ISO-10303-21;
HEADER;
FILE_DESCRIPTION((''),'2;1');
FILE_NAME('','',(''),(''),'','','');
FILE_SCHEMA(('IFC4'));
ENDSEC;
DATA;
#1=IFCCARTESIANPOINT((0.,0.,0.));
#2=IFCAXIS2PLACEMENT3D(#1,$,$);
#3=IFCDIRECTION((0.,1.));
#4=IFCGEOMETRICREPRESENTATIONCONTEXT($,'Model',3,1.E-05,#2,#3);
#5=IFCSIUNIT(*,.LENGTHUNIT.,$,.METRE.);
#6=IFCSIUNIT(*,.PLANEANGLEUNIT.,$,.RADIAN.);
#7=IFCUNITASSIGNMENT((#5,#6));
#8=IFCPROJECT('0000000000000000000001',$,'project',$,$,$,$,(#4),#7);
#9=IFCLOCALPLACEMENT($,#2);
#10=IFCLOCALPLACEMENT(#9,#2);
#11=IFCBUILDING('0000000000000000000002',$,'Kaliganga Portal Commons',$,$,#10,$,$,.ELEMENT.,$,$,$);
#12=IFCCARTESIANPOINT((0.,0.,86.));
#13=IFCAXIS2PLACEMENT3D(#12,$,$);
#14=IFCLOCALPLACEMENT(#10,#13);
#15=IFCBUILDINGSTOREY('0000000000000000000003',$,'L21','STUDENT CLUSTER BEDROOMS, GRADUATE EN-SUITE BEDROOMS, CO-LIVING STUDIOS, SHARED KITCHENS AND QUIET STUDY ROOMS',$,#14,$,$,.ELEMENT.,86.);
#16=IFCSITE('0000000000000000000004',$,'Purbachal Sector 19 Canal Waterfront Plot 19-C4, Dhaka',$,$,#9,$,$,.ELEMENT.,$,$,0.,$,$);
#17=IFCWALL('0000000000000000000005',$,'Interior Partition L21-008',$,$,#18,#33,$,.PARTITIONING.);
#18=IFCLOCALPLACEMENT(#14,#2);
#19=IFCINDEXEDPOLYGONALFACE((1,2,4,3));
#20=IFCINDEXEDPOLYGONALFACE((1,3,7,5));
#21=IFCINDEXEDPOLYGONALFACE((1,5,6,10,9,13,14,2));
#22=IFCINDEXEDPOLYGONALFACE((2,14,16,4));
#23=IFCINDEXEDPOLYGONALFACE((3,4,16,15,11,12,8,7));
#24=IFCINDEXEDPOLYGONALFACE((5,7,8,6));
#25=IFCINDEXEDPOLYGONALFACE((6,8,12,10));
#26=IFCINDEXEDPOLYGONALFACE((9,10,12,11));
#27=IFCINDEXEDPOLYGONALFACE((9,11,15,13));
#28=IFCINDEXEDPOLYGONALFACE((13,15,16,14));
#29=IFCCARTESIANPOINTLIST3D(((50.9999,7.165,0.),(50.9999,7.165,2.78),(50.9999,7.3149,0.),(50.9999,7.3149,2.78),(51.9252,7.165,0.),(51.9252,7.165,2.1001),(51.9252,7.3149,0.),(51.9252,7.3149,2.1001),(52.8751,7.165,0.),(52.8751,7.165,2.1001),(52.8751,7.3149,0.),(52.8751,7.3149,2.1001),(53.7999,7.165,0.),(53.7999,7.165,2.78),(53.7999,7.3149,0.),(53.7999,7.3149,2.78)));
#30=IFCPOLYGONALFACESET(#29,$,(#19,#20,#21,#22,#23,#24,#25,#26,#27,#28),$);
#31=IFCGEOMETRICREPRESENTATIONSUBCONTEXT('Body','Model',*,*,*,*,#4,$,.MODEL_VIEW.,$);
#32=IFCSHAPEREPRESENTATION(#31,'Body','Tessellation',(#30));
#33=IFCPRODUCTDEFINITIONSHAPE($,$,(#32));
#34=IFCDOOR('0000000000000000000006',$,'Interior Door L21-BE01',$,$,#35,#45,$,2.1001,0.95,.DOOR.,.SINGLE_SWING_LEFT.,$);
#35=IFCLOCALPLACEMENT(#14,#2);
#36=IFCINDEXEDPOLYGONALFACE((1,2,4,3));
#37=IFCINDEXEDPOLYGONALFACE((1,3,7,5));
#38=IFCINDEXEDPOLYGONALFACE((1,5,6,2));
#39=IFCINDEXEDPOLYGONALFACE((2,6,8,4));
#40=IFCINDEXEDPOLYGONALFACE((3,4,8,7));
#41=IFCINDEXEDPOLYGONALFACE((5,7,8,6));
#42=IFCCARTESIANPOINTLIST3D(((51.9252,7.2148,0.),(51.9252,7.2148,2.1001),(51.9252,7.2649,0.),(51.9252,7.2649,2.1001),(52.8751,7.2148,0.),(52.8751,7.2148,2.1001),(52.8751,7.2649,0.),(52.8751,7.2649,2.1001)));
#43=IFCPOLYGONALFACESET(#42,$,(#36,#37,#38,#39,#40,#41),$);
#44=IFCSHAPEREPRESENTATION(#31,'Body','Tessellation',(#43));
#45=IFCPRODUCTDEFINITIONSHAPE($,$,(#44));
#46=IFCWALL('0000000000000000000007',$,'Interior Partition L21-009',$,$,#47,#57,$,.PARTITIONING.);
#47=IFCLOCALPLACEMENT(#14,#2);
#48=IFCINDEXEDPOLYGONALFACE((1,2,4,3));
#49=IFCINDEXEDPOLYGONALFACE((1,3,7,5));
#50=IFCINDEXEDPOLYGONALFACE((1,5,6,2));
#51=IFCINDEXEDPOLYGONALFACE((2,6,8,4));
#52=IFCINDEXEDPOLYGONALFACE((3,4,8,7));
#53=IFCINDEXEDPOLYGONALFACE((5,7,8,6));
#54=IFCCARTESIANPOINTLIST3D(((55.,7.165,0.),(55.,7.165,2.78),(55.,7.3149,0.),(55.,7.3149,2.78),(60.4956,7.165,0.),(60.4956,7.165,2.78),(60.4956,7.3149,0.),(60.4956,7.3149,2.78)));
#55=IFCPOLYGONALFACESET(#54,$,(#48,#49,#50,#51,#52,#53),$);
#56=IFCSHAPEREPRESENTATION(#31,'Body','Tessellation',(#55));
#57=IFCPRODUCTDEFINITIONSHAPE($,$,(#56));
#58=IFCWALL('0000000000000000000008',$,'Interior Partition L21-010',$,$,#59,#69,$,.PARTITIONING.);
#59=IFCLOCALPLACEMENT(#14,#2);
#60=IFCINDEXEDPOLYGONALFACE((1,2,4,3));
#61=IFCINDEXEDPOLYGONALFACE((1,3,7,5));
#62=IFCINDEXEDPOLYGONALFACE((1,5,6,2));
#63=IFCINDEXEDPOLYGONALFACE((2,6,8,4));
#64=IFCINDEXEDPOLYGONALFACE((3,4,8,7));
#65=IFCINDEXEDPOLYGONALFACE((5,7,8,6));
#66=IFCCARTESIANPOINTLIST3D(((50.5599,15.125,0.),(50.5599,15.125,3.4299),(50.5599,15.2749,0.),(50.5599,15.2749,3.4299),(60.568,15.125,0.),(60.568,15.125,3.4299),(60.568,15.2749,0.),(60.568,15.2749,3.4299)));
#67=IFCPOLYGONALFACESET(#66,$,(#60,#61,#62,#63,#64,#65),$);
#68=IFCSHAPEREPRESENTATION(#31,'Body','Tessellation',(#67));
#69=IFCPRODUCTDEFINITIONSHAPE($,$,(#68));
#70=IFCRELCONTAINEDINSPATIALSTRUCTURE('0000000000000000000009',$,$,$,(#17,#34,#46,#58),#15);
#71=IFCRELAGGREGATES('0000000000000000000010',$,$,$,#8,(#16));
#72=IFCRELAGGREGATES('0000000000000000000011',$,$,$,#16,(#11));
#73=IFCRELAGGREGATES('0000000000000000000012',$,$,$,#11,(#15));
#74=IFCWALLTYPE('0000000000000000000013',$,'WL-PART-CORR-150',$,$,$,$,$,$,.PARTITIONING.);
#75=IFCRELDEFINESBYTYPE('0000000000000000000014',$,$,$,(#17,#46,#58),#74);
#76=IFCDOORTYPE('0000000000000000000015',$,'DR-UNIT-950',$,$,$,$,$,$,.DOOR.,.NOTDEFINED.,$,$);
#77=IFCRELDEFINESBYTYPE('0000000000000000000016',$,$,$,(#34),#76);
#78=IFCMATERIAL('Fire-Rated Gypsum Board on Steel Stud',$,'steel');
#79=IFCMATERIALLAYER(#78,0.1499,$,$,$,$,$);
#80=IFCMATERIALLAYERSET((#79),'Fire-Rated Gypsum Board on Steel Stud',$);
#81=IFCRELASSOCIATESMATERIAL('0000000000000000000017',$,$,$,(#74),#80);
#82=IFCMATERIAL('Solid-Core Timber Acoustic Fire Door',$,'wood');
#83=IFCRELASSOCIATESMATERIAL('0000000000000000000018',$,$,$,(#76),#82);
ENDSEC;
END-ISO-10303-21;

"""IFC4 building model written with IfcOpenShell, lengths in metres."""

from ifc_helpers import new_model, si_unit, direction, frame, frame_2d, origin, place, context, subcontext, project, spatial, rectangle, extrude, material, layer, layer_set, type_object, element, fill, save


model = new_model("IFC4")

# Units and contexts
model_context = context("Model", 3, precision=1e-05, world=origin(), true_north=direction((0.0, 1.0)))
body_context = subcontext(model_context, "Body", "Model", "MODEL_VIEW")
ifc_project = project(units=[si_unit("LENGTHUNIT", "METRE"), si_unit("PLANEANGLEUNIT", "RADIAN")], contexts=[model_context])

# Site, building, storey
site_placement = place(None, origin())
site = spatial("IfcSite", under=ifc_project, at=site_placement, Name="Purbachal Sector 19 Canal Waterfront Plot 19-C4, Dhaka", CompositionType="ELEMENT", RefElevation=0.0)
building_placement = place(site_placement, origin())
building = spatial("IfcBuilding", under=site, at=building_placement, Name="Kaliganga Portal Commons", CompositionType="ELEMENT")
storey_placement = place(building_placement, frame((0.0, 0.0, 86.0)))
storey = spatial("IfcBuildingStorey", under=building, at=storey_placement, Name="L21", Description="STUDENT CLUSTER BEDROOMS, GRADUATE EN-SUITE BEDROOMS, CO-LIVING STUDIOS, SHARED KITCHENS AND QUIET STUDY ROOMS", CompositionType="ELEMENT", Elevation=86.0)

# Wall, opening, door
ifc_material_1 = material(Name="Fire-Rated Gypsum Board on Steel Stud", Category="steel")
ifc_layer_1 = layer(ifc_material_1, 0.1499)
ifc_layer_set_1 = layer_set([ifc_layer_1], Name="Fire-Rated Gypsum Board on Steel Stud")
wall_type_1 = type_object("IfcWallType", Name="WL-PART-CORR-150", PredefinedType="PARTITIONING", material=ifc_layer_set_1)
wall_1_placement = place(storey_placement, frame((51.0, 7.24, 0.0), z_axis=(0.0, 0.0, 1.0), x_axis=(1.0, 0.0, 0.0)))
wall_1 = element("IfcWall", 1, at=wall_1_placement, inside=storey, type_object=wall_type_1, Name="Interior Partition L21-008", PredefinedType="PARTITIONING", context=body_context, shape_type="SweptSolid", body=[
    extrude(rectangle(XDim=2.8, YDim=0.1499, at=frame_2d((1.3999, 0.0))), origin(), (0.0, 0.0, 1.0), 2.78),
])
opening_1_placement = place(wall_1_placement, frame((0.925, 0.0, 0.0)))
opening_1 = element("IfcOpeningElement", 2, at=opening_1_placement, cuts=wall_1, PredefinedType="OPENING", context=body_context, shape_type="SweptSolid", body=[
    extrude(rectangle(XDim=0.95, YDim=2.1001, at=frame_2d((0.4751, 1.05))), frame((0.0, 0.085, 0.0), z_axis=(0.0, -1.0, 0.0), x_axis=(1.0, 0.0, 0.0)), (0.0, 0.0, 1.0), 0.1699),
])
ifc_material_2 = material(Name="Solid-Core Timber Acoustic Fire Door", Category="wood")
door_type = type_object("IfcDoorType", Name="DR-UNIT-950", OperationType="NOTDEFINED", PredefinedType="DOOR", material=ifc_material_2)
door_placement = place(opening_1_placement, origin())
door = element("IfcDoor", 3, at=door_placement, inside=storey, type_object=door_type, Name="Interior Door L21-BE01", OperationType="SINGLE_SWING_LEFT", OverallHeight=2.1001, OverallWidth=0.95, PredefinedType="DOOR", context=body_context, shape_type="SweptSolid", body=[
    extrude(rectangle(XDim=0.95, YDim=2.1001, at=frame_2d((0.4751, 1.05))), frame((0.0, 0.0249, 0.0), z_axis=(0.0, -1.0, 0.0), x_axis=(1.0, 0.0, 0.0)), (0.0, 0.0, 1.0), 0.05),
])
fill(opening_1, door)

# Walls
wall_2_placement = place(storey_placement, frame((55.0, 7.24, 0.0), z_axis=(0.0, 0.0, 1.0), x_axis=(1.0, 0.0, 0.0)))
element("IfcWall", 4, at=wall_2_placement, inside=storey, type_object=wall_type_1, Name="Interior Partition L21-009", PredefinedType="PARTITIONING", context=body_context, shape_type="SweptSolid", body=[
    extrude(rectangle(XDim=5.4956, YDim=0.1499, at=frame_2d((2.7478, 0.0))), origin(), (0.0, 0.0, 1.0), 2.78),
])
wall_3_placement = place(storey_placement, frame((50.5601, 15.2, 0.0), z_axis=(0.0, 0.0, 1.0), x_axis=(1.0, 0.0, 0.0)))
element("IfcWall", 5, at=wall_3_placement, inside=storey, type_object=wall_type_1, Name="Interior Partition L21-010", PredefinedType="PARTITIONING", context=body_context, shape_type="SweptSolid", body=[
    extrude(rectangle(XDim=10.0081, YDim=0.1499, at=frame_2d((5.0039, 0.0))), origin(), (0.0, 0.0, 1.0), 3.4299),
])

save(model, "model.ifc")
